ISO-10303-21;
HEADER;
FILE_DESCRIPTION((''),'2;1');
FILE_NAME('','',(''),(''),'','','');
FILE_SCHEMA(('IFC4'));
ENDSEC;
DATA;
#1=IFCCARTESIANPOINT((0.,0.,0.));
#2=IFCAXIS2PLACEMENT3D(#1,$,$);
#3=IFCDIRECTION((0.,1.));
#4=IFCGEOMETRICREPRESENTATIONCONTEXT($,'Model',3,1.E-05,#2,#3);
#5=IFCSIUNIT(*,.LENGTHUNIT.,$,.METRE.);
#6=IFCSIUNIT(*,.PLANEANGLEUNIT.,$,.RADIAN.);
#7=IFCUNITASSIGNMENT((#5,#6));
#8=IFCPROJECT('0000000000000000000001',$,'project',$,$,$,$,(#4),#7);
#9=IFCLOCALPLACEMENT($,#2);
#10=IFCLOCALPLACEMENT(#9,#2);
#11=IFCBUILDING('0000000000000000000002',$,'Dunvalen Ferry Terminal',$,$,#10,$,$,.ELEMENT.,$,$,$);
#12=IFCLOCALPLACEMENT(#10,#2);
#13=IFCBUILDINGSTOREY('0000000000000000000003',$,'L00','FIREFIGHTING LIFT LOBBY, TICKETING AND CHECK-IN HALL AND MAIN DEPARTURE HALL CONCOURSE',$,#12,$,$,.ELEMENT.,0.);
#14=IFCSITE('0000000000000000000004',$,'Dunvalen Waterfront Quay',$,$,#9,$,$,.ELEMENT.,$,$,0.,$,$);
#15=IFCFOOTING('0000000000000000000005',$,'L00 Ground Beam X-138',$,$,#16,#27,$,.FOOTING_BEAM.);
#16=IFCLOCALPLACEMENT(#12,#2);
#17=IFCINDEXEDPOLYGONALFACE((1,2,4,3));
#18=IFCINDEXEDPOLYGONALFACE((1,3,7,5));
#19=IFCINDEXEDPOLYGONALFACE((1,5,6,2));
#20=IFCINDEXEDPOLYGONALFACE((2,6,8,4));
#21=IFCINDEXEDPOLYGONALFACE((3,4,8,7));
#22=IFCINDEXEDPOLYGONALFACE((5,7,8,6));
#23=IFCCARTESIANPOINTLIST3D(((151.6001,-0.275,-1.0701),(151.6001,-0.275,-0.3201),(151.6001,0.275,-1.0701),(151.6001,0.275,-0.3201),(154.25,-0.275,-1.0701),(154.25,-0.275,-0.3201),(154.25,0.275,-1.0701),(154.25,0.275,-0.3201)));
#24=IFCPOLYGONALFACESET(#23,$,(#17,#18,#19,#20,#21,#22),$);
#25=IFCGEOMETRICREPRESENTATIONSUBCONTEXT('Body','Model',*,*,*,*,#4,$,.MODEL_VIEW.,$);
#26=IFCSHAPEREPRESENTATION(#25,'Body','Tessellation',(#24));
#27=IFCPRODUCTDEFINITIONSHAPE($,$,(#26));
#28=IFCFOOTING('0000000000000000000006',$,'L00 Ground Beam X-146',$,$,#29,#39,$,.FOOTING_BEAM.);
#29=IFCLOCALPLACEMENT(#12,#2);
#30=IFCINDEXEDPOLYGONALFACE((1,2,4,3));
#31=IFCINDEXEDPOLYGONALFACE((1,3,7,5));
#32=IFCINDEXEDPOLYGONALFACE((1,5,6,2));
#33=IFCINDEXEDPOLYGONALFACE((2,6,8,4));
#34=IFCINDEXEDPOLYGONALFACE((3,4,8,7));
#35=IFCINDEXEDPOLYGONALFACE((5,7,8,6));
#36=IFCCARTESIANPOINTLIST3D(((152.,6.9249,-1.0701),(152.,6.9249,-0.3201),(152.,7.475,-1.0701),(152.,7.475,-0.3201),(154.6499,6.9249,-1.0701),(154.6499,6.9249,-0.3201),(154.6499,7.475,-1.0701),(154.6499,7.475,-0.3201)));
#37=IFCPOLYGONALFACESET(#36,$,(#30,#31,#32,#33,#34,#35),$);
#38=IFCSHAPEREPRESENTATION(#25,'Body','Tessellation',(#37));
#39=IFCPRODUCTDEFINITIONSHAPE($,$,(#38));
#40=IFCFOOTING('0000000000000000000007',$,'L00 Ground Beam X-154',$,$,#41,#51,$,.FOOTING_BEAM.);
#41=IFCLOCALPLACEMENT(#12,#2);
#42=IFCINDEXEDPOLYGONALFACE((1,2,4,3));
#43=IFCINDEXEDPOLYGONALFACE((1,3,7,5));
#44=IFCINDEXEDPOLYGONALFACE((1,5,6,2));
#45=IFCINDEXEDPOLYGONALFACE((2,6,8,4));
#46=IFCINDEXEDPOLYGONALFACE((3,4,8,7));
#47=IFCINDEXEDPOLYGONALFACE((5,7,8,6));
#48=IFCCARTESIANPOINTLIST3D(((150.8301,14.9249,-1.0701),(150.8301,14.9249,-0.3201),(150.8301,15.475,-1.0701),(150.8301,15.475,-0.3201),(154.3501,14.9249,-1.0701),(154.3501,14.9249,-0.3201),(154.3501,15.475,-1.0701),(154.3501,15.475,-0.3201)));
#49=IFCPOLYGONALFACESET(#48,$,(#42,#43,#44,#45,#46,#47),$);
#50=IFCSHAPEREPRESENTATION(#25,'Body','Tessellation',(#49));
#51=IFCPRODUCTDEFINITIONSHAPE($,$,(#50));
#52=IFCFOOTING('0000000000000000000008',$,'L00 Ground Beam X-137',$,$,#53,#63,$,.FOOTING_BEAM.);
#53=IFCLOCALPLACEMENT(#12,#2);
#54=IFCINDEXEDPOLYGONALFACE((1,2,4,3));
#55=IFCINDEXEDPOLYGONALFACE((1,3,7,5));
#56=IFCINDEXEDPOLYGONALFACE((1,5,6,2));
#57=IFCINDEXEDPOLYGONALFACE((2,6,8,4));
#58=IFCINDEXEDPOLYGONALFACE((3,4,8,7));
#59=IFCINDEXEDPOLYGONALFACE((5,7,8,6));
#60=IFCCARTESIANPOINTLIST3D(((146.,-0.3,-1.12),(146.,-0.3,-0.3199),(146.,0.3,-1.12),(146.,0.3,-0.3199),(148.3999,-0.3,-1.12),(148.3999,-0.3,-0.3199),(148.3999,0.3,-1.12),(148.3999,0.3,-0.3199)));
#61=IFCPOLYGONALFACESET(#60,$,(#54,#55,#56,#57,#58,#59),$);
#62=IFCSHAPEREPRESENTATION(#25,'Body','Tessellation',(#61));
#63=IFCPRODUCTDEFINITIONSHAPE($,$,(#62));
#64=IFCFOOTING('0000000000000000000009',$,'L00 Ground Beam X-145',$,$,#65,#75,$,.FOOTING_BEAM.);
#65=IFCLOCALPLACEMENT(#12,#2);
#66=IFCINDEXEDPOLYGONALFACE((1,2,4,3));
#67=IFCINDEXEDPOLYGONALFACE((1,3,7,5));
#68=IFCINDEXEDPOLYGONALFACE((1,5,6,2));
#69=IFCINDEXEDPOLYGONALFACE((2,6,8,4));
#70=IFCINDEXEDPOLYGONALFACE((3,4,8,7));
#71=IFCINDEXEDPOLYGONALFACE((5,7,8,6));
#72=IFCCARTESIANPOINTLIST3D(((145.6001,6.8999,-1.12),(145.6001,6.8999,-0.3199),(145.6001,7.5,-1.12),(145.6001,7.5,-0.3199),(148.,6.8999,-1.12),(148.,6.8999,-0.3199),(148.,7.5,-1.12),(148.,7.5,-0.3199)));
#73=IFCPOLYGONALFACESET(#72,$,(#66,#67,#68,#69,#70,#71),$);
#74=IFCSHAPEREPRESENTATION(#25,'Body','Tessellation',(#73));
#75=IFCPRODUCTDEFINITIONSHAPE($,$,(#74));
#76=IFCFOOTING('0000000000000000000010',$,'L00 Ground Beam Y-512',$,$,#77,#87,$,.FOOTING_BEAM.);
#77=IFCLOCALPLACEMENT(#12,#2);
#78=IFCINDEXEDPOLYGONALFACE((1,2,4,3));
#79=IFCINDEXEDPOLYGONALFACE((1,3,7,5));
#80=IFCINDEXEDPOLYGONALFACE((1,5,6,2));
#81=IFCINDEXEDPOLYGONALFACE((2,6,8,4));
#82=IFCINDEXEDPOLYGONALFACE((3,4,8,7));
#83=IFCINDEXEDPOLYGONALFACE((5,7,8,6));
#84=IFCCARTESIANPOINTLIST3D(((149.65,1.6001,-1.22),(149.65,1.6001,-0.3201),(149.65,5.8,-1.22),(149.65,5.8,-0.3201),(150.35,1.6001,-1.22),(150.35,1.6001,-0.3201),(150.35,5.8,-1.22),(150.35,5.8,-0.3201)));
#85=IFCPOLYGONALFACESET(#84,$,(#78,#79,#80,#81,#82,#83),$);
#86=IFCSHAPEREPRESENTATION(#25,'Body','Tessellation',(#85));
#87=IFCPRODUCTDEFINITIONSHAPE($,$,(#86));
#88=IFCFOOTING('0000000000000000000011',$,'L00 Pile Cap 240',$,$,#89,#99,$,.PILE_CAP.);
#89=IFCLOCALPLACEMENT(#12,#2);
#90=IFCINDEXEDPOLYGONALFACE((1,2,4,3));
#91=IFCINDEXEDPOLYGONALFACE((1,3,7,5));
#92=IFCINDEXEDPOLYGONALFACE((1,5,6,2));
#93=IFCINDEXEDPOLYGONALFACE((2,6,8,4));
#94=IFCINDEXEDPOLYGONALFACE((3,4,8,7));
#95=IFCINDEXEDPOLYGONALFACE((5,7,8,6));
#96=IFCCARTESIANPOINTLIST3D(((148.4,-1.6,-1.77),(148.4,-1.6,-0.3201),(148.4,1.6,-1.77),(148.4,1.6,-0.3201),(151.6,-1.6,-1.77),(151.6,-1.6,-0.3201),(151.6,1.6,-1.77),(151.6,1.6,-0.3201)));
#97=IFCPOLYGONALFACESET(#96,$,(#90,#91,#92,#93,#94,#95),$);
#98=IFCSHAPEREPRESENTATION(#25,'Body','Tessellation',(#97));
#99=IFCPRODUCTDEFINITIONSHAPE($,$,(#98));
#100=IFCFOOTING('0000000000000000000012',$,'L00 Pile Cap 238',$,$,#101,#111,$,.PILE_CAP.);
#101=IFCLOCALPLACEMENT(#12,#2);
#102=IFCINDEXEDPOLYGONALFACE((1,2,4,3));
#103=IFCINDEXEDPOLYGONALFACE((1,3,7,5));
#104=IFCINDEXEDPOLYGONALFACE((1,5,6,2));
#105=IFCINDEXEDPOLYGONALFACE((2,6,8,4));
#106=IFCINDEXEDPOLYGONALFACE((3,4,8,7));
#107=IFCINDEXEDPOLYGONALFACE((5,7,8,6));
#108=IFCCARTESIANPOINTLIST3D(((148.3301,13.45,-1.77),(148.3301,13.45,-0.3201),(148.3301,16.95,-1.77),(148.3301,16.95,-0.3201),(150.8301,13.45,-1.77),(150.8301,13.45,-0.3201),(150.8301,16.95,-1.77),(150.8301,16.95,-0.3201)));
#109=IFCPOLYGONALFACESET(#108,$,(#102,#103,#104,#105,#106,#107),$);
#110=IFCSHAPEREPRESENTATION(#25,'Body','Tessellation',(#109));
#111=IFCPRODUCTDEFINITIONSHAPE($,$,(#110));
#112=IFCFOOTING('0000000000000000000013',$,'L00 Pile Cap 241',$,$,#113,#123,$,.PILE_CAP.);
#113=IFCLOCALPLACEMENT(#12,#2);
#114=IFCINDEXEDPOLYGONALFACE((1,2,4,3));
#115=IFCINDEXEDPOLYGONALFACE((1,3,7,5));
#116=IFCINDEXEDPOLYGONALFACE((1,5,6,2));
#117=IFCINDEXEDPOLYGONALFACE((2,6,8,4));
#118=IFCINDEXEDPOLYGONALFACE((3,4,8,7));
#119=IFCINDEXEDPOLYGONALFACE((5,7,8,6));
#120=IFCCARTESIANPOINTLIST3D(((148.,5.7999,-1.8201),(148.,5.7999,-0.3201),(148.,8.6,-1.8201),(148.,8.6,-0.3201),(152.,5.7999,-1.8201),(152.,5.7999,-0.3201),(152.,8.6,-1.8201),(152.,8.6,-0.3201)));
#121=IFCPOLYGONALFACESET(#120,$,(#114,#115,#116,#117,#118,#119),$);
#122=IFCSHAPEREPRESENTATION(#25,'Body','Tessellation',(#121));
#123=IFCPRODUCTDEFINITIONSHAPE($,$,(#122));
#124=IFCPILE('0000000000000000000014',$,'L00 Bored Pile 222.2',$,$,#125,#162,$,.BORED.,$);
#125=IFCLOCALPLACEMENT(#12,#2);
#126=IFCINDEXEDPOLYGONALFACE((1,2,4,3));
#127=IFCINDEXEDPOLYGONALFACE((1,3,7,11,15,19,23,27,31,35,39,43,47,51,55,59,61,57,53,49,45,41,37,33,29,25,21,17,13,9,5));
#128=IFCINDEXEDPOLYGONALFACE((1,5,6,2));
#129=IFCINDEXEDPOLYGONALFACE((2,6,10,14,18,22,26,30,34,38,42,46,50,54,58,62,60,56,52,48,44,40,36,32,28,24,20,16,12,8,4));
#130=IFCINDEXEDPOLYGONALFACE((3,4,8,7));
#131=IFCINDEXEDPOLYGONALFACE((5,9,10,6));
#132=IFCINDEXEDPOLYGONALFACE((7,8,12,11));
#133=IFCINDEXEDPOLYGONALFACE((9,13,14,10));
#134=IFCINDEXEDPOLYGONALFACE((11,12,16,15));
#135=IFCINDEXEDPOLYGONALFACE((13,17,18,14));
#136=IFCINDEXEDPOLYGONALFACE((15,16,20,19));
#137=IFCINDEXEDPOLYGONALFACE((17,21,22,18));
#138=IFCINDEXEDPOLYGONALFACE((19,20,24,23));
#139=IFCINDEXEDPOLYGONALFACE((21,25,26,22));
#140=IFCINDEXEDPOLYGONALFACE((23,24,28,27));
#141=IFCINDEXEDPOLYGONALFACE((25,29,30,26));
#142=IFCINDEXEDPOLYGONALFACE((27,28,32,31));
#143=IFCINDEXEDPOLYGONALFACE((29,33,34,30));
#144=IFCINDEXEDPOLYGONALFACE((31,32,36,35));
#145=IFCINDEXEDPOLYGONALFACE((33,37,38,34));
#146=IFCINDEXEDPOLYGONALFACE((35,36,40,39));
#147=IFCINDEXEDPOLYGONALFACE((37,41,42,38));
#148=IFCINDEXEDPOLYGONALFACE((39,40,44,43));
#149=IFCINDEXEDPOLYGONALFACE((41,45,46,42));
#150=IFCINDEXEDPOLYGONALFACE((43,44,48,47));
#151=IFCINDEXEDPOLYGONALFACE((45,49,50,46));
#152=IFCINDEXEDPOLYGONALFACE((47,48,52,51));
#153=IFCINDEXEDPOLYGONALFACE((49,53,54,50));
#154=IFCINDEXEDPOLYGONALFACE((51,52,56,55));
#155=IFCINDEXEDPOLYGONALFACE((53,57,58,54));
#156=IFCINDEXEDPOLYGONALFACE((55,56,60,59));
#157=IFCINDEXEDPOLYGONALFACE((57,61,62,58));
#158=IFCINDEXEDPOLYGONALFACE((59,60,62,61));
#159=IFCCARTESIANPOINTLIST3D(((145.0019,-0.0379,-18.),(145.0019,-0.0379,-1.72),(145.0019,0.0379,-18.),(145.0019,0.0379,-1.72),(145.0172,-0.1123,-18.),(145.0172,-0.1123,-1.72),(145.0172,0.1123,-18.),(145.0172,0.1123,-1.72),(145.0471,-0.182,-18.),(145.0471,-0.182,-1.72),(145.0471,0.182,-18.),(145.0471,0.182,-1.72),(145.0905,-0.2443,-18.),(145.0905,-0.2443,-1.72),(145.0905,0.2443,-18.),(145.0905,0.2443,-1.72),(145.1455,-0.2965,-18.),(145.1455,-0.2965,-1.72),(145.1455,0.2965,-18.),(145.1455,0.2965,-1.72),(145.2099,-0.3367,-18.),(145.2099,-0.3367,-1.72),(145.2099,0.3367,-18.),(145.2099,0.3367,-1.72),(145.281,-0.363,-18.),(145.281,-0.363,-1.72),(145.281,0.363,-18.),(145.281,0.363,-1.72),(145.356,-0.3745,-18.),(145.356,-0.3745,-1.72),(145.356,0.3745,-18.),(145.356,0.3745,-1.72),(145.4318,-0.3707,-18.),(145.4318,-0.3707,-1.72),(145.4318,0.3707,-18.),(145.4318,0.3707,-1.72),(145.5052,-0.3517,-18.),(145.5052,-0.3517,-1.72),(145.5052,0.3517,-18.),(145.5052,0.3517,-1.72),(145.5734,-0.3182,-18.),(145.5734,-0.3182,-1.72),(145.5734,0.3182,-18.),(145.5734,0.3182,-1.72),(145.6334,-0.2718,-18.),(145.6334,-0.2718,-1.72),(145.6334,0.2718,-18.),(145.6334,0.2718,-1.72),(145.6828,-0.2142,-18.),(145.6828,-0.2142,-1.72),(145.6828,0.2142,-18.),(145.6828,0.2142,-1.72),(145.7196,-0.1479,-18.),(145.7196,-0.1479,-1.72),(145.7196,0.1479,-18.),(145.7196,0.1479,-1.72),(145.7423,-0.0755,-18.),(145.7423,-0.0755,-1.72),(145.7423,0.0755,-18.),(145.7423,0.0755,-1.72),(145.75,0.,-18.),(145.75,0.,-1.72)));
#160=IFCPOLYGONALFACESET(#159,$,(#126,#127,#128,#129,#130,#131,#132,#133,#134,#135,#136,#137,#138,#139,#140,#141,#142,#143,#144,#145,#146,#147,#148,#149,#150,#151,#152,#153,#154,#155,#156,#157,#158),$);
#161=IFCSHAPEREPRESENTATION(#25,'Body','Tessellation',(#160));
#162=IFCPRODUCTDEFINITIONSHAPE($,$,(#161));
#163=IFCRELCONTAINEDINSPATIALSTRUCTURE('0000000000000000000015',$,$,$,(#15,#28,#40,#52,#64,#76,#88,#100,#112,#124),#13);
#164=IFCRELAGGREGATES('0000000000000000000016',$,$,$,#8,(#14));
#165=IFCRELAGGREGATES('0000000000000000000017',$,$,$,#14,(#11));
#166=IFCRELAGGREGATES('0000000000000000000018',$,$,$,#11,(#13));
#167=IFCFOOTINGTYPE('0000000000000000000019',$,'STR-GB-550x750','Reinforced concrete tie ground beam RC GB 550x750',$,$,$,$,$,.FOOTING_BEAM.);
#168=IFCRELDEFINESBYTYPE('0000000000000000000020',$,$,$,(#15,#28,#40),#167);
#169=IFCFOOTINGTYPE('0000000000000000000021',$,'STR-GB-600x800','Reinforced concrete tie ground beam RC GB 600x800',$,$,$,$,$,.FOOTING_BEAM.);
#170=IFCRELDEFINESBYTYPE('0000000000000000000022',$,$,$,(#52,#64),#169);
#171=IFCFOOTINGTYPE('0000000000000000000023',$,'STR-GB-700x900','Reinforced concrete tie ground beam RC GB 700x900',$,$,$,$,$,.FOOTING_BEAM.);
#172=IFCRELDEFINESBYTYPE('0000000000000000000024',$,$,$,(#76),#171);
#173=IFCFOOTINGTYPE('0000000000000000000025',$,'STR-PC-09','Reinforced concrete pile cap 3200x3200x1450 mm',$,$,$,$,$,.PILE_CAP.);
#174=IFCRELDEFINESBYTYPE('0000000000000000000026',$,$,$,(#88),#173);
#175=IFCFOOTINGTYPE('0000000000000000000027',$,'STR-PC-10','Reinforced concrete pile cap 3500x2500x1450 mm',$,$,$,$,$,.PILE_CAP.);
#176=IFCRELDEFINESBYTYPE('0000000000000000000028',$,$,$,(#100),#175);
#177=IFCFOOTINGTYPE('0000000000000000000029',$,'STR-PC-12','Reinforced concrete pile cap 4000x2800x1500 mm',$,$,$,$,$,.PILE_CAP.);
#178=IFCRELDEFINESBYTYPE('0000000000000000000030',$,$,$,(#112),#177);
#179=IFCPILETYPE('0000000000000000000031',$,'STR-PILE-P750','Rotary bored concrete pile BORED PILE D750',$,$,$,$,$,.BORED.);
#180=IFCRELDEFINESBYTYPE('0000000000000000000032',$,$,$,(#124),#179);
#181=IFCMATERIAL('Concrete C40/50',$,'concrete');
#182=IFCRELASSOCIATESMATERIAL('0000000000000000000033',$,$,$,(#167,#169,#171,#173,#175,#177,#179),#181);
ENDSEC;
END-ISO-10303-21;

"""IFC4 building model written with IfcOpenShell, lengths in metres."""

from ifc_helpers import new_model, si_unit, direction, frame, origin, origin_2d, place, context, subcontext, project, spatial, rectangle, circle, extrude, material, material_profile, profile_set, type_object, element, save


model = new_model("IFC4")

# Units and contexts
model_context = context("Model", 3, precision=1e-05, world=origin(), true_north=direction((0.0, 1.0)))
body_context = subcontext(model_context, "Body", "Model", "MODEL_VIEW")
ifc_project = project(units=[si_unit("LENGTHUNIT", "METRE"), si_unit("PLANEANGLEUNIT", "RADIAN")], contexts=[model_context])

# Site, building, storey
site_placement = place(None, origin())
site = spatial("IfcSite", under=ifc_project, at=site_placement, Name="Dunvalen Waterfront Quay", CompositionType="ELEMENT", RefElevation=0.0)
building_placement = place(site_placement, origin())
building = spatial("IfcBuilding", under=site, at=building_placement, Name="Dunvalen Ferry Terminal", CompositionType="ELEMENT")
storey_placement = place(building_placement, origin())
storey = spatial("IfcBuildingStorey", under=building, at=storey_placement, Name="L00", Description="FIREFIGHTING LIFT LOBBY, TICKETING AND CHECK-IN HALL AND MAIN DEPARTURE HALL CONCOURSE", CompositionType="ELEMENT", Elevation=0.0)

# Footings
ifc_material_1 = material(Name="Concrete C40/50", Category="concrete")
ifc_material_profile_1 = material_profile(ifc_material_1, rectangle(XDim=0.55, YDim=0.75, at=origin_2d()), Name="Concrete C40/50")
ifc_profile_set_1 = profile_set([ifc_material_profile_1], Name="Concrete C40/50")
footing_type_1 = type_object("IfcFootingType", Name="STR-GB-550x750", Description="Reinforced concrete tie ground beam RC GB 550x750", PredefinedType="FOOTING_BEAM", material=ifc_profile_set_1)
for number, where, z_axis, x_axis, name in (
    (1, (151.6001, 0.0, -0.6951), (1.0, 0.0, 0.0), (0.0, 1.0, 0.0), "L00 Ground Beam X-138"),
    (2, (152.0, 7.2, -0.6951), (1.0, 0.0, 0.0), (0.0, 1.0, 0.0), "L00 Ground Beam X-146"),
):
    element("IfcFooting", number, at=place(storey_placement, frame(where, z_axis=z_axis, x_axis=x_axis)), inside=storey, type_object=footing_type_1, Name=name, PredefinedType="FOOTING_BEAM", context=body_context, shape_type="SweptSolid", body=[
        extrude(rectangle(XDim=0.55, YDim=0.75, at=origin_2d()), origin(), (0.0, 0.0, 1.0), 2.6499),
    ])
footing_1_placement = place(storey_placement, frame((150.8301, 15.2, -0.6951), z_axis=(1.0, 0.0, 0.0), x_axis=(0.0, 1.0, 0.0)))
element("IfcFooting", 3, at=footing_1_placement, inside=storey, type_object=footing_type_1, Name="L00 Ground Beam X-154", PredefinedType="FOOTING_BEAM", context=body_context, shape_type="SweptSolid", body=[
    extrude(rectangle(XDim=0.55, YDim=0.75, at=origin_2d()), origin(), (0.0, 0.0, 1.0), 3.52),
])
ifc_material_profile_2 = material_profile(ifc_material_1, rectangle(XDim=0.6001, YDim=0.8, at=origin_2d()), Name="Concrete C40/50")
ifc_profile_set_2 = profile_set([ifc_material_profile_2], Name="Concrete C40/50")
footing_type_2 = type_object("IfcFootingType", Name="STR-GB-600x800", Description="Reinforced concrete tie ground beam RC GB 600x800", PredefinedType="FOOTING_BEAM", material=ifc_profile_set_2)
for number, where, z_axis, x_axis, name in (
    (4, (146.0, 0.0, -0.72), (1.0, 0.0, 0.0), (0.0, 1.0, 0.0), "L00 Ground Beam X-137"),
    (5, (145.6001, 7.2, -0.72), (1.0, 0.0, 0.0), (0.0, 1.0, 0.0), "L00 Ground Beam X-145"),
):
    element("IfcFooting", number, at=place(storey_placement, frame(where, z_axis=z_axis, x_axis=x_axis)), inside=storey, type_object=footing_type_2, Name=name, PredefinedType="FOOTING_BEAM", context=body_context, shape_type="SweptSolid", body=[
        extrude(rectangle(XDim=0.6001, YDim=0.8, at=origin_2d()), origin(), (0.0, 0.0, 1.0), 2.3999),
    ])
ifc_material_profile_3 = material_profile(ifc_material_1, rectangle(XDim=0.7, YDim=0.8999, at=origin_2d()), Name="Concrete C40/50")
ifc_profile_set_3 = profile_set([ifc_material_profile_3], Name="Concrete C40/50")
footing_type_3 = type_object("IfcFootingType", Name="STR-GB-700x900", Description="Reinforced concrete tie ground beam RC GB 700x900", PredefinedType="FOOTING_BEAM", material=ifc_profile_set_3)
footing_2_placement = place(storey_placement, frame((150.0, 1.6001, -0.77), z_axis=(0.0, 1.0, 0.0), x_axis=(-1.0, 0.0, 0.0)))
element("IfcFooting", 6, at=footing_2_placement, inside=storey, type_object=footing_type_3, Name="L00 Ground Beam Y-512", PredefinedType="FOOTING_BEAM", context=body_context, shape_type="SweptSolid", body=[
    extrude(rectangle(XDim=0.7, YDim=0.8999, at=origin_2d()), origin(), (0.0, 0.0, 1.0), 4.2),
])
footing_type_4 = type_object("IfcFootingType", Name="STR-PC-09", Description="Reinforced concrete pile cap 3200x3200x1450 mm", PredefinedType="PILE_CAP", material=ifc_material_1)
footing_3_placement = place(storey_placement, frame((150.0, 0.0, -1.77), z_axis=(0.0, 0.0, 1.0), x_axis=(1.0, 0.0, 0.0)))
element("IfcFooting", 7, at=footing_3_placement, inside=storey, type_object=footing_type_4, Name="L00 Pile Cap 240", PredefinedType="PILE_CAP", context=body_context, shape_type="SweptSolid", body=[
    extrude(rectangle(XDim=3.2, YDim=3.2, at=origin_2d()), origin(), (0.0, 0.0, 1.0), 1.45),
])
footing_type_5 = type_object("IfcFootingType", Name="STR-PC-10", Description="Reinforced concrete pile cap 3500x2500x1450 mm", PredefinedType="PILE_CAP", material=ifc_material_1)
footing_4_placement = place(storey_placement, frame((149.5801, 15.2, -1.77), z_axis=(0.0, 0.0, 1.0), x_axis=(0.0, 1.0, 0.0)))
element("IfcFooting", 8, at=footing_4_placement, inside=storey, type_object=footing_type_5, Name="L00 Pile Cap 238", PredefinedType="PILE_CAP", context=body_context, shape_type="SweptSolid", body=[
    extrude(rectangle(XDim=3.5, YDim=2.5, at=origin_2d()), origin(), (0.0, 0.0, 1.0), 1.45),
])
footing_type_6 = type_object("IfcFootingType", Name="STR-PC-12", Description="Reinforced concrete pile cap 4000x2800x1500 mm", PredefinedType="PILE_CAP", material=ifc_material_1)
footing_5_placement = place(storey_placement, frame((150.0, 7.2, -1.8201), z_axis=(0.0, 0.0, 1.0), x_axis=(1.0, 0.0, 0.0)))
element("IfcFooting", 9, at=footing_5_placement, inside=storey, type_object=footing_type_6, Name="L00 Pile Cap 241", PredefinedType="PILE_CAP", context=body_context, shape_type="SweptSolid", body=[
    extrude(rectangle(XDim=4.0, YDim=2.8, at=origin_2d()), origin(), (0.0, 0.0, 1.0), 1.5),
])

# Pile
ifc_material_profile_4 = material_profile(ifc_material_1, circle(Radius=0.375, at=origin_2d()), Name="Concrete C40/50")
ifc_profile_set_4 = profile_set([ifc_material_profile_4], Name="Concrete C40/50")
pile_type = type_object("IfcPileType", Name="STR-PILE-P750", Description="Rotary bored concrete pile BORED PILE D750", PredefinedType="BORED", material=ifc_profile_set_4)
pile_1_placement = place(storey_placement, frame((145.375, 0.0, -1.72), z_axis=(0.0, 0.0, -1.0), x_axis=(1.0, 0.0, 0.0)))
element("IfcPile", 10, at=pile_1_placement, inside=storey, type_object=pile_type, Name="L00 Bored Pile 222.2", PredefinedType="BORED", context=body_context, shape_type="SweptSolid", body=[
    extrude(circle(Radius=0.375, at=origin_2d()), origin(), (0.0, 0.0, 1.0), 16.28),
])

save(model, "model.ifc")
